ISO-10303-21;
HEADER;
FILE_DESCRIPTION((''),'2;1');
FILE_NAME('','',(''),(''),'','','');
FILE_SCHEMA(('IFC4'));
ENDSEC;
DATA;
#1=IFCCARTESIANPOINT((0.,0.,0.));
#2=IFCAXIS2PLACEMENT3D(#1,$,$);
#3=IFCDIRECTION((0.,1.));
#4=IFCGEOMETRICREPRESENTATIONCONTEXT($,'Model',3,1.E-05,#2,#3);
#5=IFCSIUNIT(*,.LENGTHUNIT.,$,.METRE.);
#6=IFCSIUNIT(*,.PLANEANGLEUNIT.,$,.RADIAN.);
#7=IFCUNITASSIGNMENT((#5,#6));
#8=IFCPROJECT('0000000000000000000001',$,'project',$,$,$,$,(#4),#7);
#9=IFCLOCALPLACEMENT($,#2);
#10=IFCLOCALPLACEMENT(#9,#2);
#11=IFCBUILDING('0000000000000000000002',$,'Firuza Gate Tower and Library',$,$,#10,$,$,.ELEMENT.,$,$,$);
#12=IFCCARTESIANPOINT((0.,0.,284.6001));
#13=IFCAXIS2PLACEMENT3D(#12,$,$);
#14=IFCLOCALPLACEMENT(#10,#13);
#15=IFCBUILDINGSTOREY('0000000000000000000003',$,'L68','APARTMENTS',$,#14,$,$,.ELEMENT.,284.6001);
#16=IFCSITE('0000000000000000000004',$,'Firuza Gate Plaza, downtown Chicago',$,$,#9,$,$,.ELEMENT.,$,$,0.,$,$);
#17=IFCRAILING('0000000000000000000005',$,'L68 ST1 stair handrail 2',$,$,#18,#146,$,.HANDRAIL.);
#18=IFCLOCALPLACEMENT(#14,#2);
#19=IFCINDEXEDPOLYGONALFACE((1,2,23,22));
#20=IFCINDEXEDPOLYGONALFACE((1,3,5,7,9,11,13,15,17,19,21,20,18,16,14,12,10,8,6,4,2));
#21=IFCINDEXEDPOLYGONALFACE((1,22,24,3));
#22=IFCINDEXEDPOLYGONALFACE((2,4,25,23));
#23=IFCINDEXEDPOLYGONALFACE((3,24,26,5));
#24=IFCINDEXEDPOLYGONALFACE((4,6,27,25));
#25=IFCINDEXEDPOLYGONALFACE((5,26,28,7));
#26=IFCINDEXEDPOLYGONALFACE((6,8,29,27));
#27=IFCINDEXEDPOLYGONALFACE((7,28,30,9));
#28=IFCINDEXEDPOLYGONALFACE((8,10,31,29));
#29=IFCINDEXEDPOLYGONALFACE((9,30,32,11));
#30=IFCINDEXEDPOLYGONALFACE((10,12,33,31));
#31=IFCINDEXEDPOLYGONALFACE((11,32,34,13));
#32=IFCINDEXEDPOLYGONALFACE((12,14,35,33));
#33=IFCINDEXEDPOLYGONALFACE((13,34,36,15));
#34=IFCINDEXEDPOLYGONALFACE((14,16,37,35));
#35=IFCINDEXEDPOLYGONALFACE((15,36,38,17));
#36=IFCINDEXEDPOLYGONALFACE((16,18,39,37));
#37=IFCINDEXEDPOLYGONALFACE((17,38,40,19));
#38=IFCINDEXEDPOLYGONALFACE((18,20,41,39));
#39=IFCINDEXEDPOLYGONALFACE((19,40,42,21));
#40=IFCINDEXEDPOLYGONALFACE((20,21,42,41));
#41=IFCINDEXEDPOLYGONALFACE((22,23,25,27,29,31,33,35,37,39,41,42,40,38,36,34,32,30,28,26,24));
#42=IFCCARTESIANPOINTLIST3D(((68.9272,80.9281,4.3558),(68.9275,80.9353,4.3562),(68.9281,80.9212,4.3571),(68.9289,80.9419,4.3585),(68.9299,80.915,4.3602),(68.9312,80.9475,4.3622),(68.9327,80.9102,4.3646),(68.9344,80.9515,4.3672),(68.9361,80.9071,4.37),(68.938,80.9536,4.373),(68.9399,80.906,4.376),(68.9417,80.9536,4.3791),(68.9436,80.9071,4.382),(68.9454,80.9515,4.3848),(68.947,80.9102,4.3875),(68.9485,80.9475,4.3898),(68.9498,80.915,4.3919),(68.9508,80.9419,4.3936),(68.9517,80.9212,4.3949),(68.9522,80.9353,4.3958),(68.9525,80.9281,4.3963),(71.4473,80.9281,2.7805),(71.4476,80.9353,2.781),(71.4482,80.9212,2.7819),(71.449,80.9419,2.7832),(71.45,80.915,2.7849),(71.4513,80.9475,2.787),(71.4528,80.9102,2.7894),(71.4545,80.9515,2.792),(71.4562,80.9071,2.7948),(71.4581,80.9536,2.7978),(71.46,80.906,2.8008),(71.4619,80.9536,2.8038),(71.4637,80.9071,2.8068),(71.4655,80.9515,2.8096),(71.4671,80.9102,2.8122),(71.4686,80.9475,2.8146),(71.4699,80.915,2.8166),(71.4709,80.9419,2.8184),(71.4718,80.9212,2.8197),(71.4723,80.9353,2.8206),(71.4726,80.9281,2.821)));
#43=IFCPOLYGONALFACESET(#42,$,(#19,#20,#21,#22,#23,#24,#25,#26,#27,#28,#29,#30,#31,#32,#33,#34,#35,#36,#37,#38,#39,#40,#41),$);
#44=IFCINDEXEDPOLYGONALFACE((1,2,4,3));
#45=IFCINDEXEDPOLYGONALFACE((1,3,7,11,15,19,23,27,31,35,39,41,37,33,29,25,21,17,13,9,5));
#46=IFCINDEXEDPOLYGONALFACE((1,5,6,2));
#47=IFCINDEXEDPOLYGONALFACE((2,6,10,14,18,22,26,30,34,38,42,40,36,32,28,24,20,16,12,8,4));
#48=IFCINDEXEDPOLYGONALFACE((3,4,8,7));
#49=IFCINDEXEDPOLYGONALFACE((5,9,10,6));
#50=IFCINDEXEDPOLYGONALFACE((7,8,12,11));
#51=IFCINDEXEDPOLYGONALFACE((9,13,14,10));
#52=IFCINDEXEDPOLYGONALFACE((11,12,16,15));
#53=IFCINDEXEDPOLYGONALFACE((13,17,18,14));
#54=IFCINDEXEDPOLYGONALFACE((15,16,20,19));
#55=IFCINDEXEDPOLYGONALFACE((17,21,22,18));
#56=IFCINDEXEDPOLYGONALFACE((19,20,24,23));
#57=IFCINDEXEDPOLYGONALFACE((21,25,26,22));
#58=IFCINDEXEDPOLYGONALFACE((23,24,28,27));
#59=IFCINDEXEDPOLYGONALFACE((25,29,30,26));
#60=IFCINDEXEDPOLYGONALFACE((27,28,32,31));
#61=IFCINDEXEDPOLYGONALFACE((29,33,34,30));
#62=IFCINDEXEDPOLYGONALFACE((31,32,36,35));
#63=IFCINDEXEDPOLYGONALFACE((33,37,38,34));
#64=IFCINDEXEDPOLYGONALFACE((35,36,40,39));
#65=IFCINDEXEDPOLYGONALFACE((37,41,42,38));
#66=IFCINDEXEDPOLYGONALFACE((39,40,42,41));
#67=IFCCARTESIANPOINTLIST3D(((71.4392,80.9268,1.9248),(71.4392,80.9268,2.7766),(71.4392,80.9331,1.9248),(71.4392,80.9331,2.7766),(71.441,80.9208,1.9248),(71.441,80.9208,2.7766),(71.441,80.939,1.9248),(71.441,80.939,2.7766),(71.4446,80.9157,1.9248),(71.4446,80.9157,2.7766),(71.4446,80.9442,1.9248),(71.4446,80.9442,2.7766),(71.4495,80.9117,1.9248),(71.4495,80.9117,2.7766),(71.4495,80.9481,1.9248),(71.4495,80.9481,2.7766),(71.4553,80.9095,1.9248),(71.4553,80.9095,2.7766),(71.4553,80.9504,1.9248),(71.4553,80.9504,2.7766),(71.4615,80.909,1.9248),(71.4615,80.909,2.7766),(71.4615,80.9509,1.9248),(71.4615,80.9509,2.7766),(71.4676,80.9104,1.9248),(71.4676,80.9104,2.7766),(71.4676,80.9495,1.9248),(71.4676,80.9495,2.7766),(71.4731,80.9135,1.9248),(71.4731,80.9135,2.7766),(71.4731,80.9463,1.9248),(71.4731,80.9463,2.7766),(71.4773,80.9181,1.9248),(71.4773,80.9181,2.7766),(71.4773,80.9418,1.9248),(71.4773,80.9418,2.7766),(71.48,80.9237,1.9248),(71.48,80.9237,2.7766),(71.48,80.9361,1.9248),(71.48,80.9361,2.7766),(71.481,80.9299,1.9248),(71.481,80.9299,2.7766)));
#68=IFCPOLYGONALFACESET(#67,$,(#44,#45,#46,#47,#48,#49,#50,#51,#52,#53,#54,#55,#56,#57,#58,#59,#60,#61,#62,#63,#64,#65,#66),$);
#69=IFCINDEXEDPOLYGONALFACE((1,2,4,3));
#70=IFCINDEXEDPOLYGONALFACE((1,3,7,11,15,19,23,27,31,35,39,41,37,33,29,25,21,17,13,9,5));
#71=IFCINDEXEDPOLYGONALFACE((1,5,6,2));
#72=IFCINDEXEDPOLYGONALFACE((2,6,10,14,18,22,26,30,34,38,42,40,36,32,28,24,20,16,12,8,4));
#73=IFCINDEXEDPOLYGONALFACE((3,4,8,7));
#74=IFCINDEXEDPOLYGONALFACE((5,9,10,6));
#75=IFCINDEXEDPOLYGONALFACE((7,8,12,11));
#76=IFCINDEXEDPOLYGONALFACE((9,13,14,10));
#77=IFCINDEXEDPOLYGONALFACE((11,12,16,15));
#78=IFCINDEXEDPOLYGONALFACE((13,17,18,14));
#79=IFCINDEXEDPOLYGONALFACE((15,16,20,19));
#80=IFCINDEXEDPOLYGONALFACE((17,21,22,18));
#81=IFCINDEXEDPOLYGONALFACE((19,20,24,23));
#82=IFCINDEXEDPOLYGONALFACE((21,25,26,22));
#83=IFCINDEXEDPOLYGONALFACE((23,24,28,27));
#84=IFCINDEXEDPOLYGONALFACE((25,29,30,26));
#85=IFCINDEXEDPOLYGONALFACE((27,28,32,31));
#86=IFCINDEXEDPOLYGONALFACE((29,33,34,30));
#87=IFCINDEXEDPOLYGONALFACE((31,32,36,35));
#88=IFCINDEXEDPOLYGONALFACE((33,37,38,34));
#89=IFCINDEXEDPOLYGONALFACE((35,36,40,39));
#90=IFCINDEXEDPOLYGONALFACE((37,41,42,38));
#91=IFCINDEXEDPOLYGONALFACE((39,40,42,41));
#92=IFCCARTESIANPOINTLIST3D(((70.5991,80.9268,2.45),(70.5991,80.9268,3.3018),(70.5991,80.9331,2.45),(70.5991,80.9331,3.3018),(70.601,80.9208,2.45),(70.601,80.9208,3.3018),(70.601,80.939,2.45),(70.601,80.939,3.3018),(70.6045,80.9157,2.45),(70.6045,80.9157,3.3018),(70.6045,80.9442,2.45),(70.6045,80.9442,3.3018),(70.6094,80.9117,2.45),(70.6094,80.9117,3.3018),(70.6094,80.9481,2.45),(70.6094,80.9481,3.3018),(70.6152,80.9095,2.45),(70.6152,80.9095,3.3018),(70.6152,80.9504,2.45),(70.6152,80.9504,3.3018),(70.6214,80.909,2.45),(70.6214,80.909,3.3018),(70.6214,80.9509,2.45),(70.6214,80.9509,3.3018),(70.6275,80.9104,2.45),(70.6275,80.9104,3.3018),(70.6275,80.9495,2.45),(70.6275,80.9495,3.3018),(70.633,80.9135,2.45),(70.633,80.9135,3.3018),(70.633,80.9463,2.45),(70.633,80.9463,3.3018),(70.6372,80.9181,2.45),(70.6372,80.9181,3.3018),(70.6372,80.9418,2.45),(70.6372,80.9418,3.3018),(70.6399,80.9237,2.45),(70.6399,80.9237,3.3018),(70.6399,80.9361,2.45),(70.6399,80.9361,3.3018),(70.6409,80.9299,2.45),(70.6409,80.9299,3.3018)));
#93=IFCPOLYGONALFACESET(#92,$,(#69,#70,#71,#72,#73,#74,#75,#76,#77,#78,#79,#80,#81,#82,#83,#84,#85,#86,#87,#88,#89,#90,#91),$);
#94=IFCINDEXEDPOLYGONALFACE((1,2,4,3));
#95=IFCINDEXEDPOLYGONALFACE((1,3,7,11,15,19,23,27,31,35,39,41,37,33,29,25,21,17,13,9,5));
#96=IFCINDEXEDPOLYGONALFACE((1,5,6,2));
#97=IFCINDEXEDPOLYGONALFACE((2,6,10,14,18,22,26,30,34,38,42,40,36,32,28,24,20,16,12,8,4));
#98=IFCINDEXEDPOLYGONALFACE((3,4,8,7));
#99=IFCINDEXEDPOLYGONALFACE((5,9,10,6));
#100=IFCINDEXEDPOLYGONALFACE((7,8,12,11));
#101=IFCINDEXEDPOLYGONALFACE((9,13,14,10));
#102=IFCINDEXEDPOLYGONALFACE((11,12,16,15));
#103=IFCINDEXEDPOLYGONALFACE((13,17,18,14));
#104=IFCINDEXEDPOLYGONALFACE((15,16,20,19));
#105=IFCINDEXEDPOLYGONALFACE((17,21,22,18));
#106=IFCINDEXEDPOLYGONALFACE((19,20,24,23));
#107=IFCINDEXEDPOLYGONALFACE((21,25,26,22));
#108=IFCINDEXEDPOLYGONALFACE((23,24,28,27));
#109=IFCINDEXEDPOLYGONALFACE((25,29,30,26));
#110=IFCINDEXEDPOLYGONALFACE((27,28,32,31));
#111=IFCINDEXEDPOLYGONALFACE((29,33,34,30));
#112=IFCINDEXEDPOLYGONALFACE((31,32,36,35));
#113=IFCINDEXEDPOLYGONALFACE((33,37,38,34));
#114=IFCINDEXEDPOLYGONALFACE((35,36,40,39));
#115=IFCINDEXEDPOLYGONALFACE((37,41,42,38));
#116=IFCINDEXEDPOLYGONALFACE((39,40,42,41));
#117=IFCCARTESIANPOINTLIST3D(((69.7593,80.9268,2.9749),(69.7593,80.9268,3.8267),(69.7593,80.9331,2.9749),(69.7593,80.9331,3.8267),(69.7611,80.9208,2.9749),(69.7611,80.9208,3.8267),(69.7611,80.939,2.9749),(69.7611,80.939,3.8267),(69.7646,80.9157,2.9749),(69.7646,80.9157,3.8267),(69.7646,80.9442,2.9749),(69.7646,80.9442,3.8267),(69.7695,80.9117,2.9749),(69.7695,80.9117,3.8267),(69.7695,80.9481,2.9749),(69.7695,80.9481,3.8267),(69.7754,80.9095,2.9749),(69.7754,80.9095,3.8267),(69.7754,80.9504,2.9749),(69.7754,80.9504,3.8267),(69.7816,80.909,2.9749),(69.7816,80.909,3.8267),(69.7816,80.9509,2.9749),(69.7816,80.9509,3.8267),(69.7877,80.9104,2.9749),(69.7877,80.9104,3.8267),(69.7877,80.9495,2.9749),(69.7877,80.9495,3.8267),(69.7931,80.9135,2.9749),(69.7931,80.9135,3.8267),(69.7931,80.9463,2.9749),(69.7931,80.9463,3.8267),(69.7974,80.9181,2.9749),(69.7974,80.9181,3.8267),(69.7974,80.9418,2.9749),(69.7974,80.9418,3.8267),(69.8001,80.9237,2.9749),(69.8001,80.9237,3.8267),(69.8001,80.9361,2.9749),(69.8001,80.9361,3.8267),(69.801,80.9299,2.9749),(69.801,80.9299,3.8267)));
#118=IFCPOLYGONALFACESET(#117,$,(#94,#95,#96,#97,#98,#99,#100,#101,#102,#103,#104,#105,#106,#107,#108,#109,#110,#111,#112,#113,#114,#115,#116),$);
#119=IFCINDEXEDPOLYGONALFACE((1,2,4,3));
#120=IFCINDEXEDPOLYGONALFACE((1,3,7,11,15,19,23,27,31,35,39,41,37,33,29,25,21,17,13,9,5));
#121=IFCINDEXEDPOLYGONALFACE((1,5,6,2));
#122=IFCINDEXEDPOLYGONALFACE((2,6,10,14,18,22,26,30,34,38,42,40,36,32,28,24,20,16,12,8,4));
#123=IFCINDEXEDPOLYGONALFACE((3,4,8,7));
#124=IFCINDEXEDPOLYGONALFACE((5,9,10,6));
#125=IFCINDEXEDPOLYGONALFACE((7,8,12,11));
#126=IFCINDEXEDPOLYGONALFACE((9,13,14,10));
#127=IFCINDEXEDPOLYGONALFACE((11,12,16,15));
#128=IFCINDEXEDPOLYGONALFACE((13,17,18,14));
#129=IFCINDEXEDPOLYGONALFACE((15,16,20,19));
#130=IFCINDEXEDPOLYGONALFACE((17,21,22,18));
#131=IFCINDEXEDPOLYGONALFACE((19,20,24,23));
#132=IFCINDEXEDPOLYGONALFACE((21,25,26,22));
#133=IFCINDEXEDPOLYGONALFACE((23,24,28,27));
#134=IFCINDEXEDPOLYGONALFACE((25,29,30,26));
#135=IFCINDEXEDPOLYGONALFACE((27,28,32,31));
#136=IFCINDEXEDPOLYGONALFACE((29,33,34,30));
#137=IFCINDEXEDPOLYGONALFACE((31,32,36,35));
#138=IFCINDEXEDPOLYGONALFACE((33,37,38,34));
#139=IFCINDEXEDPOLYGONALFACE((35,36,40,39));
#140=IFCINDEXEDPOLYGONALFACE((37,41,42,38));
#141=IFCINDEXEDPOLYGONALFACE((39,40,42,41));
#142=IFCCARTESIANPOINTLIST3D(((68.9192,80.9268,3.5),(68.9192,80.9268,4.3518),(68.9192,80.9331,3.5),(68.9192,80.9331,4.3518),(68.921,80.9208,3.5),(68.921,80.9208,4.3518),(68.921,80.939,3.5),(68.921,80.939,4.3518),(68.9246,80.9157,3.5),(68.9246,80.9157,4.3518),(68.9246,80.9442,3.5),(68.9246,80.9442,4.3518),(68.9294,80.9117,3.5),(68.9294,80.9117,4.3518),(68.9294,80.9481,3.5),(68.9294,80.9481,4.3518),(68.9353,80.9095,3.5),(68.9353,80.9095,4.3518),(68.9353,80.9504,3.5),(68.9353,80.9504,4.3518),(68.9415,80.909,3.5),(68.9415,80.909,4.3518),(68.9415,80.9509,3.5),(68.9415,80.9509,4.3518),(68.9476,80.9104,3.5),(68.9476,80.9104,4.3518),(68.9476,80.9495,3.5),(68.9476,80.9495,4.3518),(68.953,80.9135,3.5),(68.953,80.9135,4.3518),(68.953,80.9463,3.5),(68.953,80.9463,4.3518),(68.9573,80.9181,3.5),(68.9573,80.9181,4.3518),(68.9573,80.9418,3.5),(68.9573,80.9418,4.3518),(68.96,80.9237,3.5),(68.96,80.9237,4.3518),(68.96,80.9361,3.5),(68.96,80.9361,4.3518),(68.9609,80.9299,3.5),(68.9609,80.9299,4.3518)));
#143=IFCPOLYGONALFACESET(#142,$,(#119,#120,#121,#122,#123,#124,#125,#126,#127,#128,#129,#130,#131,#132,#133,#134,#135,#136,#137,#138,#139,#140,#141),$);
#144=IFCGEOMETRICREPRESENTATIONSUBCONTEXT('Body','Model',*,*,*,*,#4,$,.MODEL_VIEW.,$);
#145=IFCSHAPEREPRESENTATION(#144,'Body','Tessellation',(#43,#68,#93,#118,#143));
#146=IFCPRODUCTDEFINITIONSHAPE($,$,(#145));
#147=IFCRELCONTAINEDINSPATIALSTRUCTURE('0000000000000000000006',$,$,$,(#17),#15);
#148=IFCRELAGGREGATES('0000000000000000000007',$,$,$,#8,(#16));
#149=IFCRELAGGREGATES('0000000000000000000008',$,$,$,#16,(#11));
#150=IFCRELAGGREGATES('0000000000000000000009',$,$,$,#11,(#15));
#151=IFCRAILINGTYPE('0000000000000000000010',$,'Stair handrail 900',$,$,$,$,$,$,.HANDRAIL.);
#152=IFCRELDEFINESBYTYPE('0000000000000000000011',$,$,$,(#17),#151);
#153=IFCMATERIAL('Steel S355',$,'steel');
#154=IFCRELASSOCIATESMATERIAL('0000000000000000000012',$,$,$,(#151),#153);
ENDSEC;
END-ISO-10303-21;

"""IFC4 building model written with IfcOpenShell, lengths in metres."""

from ifc_helpers import new_model, si_unit, direction, frame, origin, origin_2d, place, context, subcontext, project, spatial, circle, extrude, material, type_object, element, save


model = new_model("IFC4")

# Units and contexts
model_context = context("Model", 3, precision=1e-05, world=origin(), true_north=direction((0.0, 1.0)))
body_context = subcontext(model_context, "Body", "Model", "MODEL_VIEW")
ifc_project = project(units=[si_unit("LENGTHUNIT", "METRE"), si_unit("PLANEANGLEUNIT", "RADIAN")], contexts=[model_context])

# Site, building, storey
site_placement = place(None, origin())
site = spatial("IfcSite", under=ifc_project, at=site_placement, Name="Firuza Gate Plaza, downtown Chicago", CompositionType="ELEMENT", RefElevation=0.0)
building_placement = place(site_placement, origin())
building = spatial("IfcBuilding", under=site, at=building_placement, Name="Firuza Gate Tower and Library", CompositionType="ELEMENT")
storey_placement = place(building_placement, frame((0.0, 0.0, 284.6001)))
storey = spatial("IfcBuildingStorey", under=building, at=storey_placement, Name="L68", Description="APARTMENTS", CompositionType="ELEMENT", Elevation=284.6001)

# Railing
ifc_material_1 = material(Name="Steel S355", Category="steel")
railing_type = type_object("IfcRailingType", Name="Stair handrail 900", PredefinedType="HANDRAIL", material=ifc_material_1)
railing_1_placement = place(storey_placement, frame((71.46, 80.9299, 1.9248)))
element("IfcRailing", 1, at=railing_1_placement, inside=storey, type_object=railing_type, Name="L68 ST1 stair handrail 2", PredefinedType="HANDRAIL", context=body_context, shape_type="SweptSolid", body=[
    extrude(circle(Radius=0.0239, at=origin_2d()), frame((0.0, 0.0, 0.876), z_axis=(-0.847971, 0.0, 0.530043), x_axis=(0.0, -1.0, 0.0)), (0.0, 0.0, 1.0), 2.9719),
    extrude(circle(Radius=0.021, at=origin_2d()), origin(), (0.0, 0.0, 1.0), 0.8518),
    extrude(circle(Radius=0.021, at=origin_2d()), frame((-0.8401, 0.0, 0.5251)), (0.0, 0.0, 1.0), 0.8518),
    extrude(circle(Radius=0.021, at=origin_2d()), frame((-1.6799, 0.0, 1.05)), (0.0, 0.0, 1.0), 0.8518),
    extrude(circle(Radius=0.021, at=origin_2d()), frame((-2.52, 0.0, 1.5752)), (0.0, 0.0, 1.0), 0.8518),
])

save(model, "model.ifc")
